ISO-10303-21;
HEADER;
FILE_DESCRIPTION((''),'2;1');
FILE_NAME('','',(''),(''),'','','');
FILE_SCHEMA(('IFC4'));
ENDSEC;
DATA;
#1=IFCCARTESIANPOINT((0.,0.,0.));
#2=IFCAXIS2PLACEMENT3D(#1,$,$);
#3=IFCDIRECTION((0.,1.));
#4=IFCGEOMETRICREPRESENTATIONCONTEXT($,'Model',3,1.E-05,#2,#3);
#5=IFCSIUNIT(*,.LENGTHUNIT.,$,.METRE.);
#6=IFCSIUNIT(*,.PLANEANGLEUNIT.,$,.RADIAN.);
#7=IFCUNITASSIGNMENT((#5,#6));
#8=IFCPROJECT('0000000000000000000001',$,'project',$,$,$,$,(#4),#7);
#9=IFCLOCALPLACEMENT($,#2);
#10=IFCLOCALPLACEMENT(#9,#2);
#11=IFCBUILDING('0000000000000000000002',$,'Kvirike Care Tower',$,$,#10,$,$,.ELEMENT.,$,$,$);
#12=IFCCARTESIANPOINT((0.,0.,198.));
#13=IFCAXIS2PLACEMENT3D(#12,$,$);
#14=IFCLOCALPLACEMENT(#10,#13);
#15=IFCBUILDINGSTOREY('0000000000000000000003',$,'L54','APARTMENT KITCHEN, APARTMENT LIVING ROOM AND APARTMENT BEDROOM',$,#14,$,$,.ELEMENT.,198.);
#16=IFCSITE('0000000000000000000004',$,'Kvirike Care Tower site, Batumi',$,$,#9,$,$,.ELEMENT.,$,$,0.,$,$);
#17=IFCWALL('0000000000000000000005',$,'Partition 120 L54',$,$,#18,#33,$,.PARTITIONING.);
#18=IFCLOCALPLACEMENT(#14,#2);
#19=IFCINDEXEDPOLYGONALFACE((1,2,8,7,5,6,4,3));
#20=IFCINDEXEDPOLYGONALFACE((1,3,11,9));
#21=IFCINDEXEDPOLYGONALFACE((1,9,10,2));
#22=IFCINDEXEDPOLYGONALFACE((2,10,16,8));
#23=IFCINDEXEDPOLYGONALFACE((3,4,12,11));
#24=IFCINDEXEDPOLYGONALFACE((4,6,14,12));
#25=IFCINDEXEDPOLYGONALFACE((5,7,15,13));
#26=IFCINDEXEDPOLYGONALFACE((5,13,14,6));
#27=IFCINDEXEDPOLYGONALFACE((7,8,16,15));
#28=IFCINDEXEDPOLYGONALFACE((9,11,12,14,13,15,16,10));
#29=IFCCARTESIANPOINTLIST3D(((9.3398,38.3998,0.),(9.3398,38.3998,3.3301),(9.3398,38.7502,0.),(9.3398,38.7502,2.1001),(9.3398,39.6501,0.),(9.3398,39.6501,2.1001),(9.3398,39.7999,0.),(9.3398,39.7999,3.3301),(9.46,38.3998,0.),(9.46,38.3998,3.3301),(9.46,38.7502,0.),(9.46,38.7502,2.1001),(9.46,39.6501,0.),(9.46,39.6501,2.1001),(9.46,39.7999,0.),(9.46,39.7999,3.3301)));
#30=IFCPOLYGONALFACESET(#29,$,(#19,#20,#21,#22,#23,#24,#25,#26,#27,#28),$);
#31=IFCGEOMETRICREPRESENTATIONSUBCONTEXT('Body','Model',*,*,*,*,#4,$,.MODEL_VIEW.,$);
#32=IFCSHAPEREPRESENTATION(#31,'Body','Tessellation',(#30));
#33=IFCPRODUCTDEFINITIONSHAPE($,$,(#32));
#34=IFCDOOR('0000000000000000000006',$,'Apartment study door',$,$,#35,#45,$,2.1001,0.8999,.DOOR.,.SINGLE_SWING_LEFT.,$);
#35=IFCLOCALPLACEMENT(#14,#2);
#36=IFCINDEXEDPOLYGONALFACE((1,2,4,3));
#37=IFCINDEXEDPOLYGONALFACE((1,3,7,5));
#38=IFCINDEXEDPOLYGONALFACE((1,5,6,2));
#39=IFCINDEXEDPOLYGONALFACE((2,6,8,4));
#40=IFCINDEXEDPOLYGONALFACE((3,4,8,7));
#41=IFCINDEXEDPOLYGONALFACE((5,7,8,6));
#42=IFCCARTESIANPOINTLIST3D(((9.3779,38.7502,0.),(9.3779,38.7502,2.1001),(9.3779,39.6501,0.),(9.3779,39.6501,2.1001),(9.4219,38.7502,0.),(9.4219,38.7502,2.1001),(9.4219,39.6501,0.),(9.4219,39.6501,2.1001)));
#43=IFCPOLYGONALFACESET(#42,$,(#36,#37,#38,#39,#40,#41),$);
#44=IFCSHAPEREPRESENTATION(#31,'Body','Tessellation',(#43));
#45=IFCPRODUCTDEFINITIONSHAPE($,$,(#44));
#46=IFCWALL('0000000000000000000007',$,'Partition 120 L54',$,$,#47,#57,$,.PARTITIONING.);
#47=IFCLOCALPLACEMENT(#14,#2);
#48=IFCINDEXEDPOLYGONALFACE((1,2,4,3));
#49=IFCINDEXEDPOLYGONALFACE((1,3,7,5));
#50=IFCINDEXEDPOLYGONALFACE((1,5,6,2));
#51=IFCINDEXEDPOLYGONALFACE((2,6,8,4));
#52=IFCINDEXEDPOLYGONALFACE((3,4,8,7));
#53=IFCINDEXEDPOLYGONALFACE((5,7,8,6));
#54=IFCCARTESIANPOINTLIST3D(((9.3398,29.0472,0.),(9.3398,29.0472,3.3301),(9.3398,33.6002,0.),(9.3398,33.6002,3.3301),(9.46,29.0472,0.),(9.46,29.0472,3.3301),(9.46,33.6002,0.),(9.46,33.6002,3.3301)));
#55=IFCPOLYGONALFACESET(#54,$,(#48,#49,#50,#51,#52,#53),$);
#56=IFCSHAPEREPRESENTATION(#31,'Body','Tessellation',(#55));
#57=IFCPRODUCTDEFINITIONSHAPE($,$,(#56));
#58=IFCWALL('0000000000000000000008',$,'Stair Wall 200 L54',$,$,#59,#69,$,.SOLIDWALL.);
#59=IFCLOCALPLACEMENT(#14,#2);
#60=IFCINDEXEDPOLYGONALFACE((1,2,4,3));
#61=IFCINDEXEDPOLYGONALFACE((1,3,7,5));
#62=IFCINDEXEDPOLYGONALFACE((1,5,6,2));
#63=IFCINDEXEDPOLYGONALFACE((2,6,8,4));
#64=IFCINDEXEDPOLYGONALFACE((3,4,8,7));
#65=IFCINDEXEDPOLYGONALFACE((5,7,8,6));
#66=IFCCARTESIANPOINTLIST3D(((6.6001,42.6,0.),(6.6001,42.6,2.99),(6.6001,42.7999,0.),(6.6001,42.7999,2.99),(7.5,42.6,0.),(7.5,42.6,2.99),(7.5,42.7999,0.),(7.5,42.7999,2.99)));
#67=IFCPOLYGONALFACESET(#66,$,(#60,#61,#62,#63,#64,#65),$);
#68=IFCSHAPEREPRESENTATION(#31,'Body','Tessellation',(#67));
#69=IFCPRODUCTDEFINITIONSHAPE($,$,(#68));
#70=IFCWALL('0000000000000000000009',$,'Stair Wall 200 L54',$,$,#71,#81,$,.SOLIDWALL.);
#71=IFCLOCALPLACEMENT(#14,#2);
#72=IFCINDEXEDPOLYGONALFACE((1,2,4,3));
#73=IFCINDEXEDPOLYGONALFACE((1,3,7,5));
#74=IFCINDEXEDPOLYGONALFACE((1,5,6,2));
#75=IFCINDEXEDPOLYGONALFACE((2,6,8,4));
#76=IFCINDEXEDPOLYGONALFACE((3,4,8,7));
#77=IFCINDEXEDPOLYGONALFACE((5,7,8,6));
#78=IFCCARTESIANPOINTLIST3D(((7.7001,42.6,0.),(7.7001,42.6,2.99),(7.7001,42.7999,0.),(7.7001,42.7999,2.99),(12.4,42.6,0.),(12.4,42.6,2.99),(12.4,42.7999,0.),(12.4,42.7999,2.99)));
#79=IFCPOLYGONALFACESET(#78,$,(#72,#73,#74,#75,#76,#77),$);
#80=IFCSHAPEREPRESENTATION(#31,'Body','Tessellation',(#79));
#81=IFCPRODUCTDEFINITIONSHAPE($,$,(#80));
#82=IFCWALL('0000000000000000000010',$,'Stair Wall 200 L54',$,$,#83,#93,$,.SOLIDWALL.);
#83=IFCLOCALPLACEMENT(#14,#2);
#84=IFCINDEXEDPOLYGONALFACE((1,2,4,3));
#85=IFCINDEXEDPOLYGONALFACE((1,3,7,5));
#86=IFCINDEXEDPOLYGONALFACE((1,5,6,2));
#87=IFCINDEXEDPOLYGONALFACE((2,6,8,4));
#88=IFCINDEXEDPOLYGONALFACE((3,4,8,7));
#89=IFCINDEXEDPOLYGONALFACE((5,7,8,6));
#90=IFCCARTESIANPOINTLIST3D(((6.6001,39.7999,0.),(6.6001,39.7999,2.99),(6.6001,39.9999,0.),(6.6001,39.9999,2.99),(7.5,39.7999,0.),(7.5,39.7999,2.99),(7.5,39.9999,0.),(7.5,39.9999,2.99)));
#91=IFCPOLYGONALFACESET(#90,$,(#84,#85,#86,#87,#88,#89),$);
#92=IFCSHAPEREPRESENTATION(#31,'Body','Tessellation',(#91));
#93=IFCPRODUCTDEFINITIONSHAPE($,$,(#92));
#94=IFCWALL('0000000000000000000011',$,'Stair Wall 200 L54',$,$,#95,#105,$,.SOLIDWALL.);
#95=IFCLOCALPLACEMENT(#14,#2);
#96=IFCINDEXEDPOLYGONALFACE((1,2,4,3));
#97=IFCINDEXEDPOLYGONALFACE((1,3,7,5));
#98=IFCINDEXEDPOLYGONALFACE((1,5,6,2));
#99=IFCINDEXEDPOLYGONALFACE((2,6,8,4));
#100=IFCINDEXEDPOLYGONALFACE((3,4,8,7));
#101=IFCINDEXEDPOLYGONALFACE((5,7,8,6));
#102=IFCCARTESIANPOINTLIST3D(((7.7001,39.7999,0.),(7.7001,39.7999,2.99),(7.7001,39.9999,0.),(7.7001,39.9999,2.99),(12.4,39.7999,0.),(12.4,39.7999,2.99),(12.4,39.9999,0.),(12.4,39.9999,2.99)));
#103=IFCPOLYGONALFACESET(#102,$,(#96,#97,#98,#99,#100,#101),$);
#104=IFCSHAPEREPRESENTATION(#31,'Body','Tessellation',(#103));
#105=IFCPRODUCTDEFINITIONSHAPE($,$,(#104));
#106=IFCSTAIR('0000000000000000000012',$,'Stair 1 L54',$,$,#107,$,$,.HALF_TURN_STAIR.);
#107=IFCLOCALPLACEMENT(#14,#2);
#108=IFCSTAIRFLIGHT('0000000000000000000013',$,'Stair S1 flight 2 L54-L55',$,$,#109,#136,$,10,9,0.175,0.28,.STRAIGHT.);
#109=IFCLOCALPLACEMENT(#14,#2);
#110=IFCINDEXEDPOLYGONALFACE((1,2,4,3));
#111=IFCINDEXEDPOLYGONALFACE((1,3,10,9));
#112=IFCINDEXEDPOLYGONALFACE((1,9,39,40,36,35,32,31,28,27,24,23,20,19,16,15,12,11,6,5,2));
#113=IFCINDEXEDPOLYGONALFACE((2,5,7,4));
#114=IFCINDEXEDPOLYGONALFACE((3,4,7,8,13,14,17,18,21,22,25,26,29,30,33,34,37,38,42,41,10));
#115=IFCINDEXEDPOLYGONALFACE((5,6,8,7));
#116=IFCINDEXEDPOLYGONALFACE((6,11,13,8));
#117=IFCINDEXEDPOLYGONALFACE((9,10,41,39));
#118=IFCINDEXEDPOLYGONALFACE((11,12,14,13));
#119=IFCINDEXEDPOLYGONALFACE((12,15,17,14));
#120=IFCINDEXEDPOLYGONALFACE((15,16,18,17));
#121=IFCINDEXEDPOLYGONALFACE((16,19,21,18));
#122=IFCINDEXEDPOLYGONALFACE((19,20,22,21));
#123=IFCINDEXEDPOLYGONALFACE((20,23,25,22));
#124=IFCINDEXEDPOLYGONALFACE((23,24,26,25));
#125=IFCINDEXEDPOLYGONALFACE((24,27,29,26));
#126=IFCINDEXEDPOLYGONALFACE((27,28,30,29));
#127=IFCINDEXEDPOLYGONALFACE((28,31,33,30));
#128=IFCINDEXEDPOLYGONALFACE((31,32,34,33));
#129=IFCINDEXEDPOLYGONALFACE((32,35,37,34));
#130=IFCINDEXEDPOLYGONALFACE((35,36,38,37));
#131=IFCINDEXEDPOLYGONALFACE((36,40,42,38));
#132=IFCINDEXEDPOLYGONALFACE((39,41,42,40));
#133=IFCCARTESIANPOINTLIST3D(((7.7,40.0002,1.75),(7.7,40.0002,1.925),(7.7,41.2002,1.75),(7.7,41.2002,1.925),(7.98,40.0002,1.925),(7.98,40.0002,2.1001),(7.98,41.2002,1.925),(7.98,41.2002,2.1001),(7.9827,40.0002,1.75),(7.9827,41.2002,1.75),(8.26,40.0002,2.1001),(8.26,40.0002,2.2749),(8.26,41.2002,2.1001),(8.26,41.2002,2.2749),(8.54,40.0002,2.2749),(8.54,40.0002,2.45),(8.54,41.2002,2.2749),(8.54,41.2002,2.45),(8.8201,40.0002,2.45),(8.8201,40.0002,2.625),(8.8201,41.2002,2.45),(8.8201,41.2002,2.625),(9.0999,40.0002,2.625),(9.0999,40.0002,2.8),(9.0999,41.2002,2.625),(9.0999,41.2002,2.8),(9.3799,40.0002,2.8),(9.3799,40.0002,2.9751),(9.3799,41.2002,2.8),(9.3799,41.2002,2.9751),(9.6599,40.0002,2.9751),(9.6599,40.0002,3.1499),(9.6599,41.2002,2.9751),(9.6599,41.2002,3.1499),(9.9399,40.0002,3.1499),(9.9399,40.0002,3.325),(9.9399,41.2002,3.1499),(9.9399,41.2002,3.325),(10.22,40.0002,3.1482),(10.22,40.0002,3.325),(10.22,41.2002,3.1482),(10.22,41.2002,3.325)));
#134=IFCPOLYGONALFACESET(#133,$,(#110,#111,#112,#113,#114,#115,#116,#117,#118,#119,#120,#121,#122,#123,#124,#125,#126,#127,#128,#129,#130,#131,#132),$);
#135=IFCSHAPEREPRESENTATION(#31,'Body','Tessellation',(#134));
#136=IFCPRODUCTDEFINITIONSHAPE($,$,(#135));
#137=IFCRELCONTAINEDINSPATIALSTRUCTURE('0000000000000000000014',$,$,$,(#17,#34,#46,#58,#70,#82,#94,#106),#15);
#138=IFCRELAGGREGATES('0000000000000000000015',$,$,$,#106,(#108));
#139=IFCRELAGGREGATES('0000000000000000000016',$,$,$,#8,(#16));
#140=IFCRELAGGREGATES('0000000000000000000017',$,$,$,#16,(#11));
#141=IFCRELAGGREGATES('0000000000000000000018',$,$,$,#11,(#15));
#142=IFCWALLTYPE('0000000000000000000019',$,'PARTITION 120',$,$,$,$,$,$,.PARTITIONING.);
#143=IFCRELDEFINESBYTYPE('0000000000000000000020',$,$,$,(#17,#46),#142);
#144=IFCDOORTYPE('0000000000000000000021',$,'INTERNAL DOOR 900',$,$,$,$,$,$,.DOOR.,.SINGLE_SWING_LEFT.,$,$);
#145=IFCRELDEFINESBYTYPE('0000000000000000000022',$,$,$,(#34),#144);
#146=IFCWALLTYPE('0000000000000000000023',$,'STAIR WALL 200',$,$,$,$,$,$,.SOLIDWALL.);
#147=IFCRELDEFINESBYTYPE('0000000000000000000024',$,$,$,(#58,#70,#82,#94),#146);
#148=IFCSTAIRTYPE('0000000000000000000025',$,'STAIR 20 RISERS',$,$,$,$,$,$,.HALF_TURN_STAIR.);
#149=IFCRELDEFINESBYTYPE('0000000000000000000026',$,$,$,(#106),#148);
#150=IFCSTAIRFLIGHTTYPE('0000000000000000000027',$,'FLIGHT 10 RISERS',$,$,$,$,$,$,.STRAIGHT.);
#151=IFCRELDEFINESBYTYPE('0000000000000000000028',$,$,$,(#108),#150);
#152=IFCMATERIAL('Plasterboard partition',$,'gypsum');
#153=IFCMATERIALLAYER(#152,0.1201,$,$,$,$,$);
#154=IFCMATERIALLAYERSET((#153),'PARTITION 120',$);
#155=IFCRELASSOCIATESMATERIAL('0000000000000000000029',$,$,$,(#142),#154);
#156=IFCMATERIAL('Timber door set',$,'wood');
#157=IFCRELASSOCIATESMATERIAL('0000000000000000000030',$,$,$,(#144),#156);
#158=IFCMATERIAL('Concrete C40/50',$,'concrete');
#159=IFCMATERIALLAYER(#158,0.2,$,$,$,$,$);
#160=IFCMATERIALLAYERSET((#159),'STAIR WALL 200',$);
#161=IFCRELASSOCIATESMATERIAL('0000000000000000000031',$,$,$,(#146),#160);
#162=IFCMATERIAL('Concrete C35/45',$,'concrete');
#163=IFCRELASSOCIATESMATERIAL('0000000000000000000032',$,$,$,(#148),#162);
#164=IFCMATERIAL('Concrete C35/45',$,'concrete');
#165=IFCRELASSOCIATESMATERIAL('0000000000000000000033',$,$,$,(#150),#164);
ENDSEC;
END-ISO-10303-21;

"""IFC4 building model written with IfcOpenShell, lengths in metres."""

from ifc_helpers import new_model, si_unit, direction, frame, frame_2d, origin, place, context, subcontext, project, spatial, polyline, rectangle, outline, extrude, material, layer, layer_set, type_object, element, fill, aggregate, save


model = new_model("IFC4")

# Units and contexts
model_context = context("Model", 3, precision=1e-05, world=origin(), true_north=direction((0.0, 1.0)))
body_context = subcontext(model_context, "Body", "Model", "MODEL_VIEW")
ifc_project = project(units=[si_unit("LENGTHUNIT", "METRE"), si_unit("PLANEANGLEUNIT", "RADIAN")], contexts=[model_context])

# Site, building, storey
site_placement = place(None, origin())
site = spatial("IfcSite", under=ifc_project, at=site_placement, Name="Kvirike Care Tower site, Batumi", CompositionType="ELEMENT", RefElevation=0.0)
building_placement = place(site_placement, origin())
building = spatial("IfcBuilding", under=site, at=building_placement, Name="Kvirike Care Tower", CompositionType="ELEMENT")
storey_placement = place(building_placement, frame((0.0, 0.0, 198.0)))
storey = spatial("IfcBuildingStorey", under=building, at=storey_placement, Name="L54", Description="APARTMENT KITCHEN, APARTMENT LIVING ROOM AND APARTMENT BEDROOM", CompositionType="ELEMENT", Elevation=198.0)

# Wall, opening, door
ifc_material_1 = material(Name="Plasterboard partition", Category="gypsum")
ifc_layer_1 = layer(ifc_material_1, 0.1201)
ifc_layer_set_1 = layer_set([ifc_layer_1], Name="PARTITION 120")
wall_type_1 = type_object("IfcWallType", Name="PARTITION 120", PredefinedType="PARTITIONING", material=ifc_layer_set_1)
wall_1_placement = place(storey_placement, frame((9.3999, 39.8, 0.0), z_axis=(0.0, 0.0, 1.0), x_axis=(0.0, -1.0, 0.0)))
wall_1 = element("IfcWall", 1, at=wall_1_placement, inside=storey, type_object=wall_type_1, Name="Partition 120 L54", PredefinedType="PARTITIONING", context=body_context, shape_type="SweptSolid", body=[
    extrude(rectangle(XDim=1.4001, YDim=0.1201, at=frame_2d((0.7002, 0.0))), origin(), (0.0, 0.0, 1.0), 3.3301),
])
opening_1_placement = place(wall_1_placement, frame((0.1499, 0.0, 0.0)))
opening_1 = element("IfcOpeningElement", 2, at=opening_1_placement, cuts=wall_1, PredefinedType="OPENING", context=body_context, shape_type="SweptSolid", body=[
    extrude(rectangle(XDim=0.8999, YDim=2.1001, at=frame_2d((0.45, 1.05))), frame((0.0, 0.0706, 0.0), z_axis=(0.0, -1.0, 0.0), x_axis=(1.0, 0.0, 0.0)), (0.0, 0.0, 1.0), 0.1411),
])
ifc_material_2 = material(Name="Timber door set", Category="wood")
door_type_1 = type_object("IfcDoorType", Name="INTERNAL DOOR 900", OperationType="SINGLE_SWING_LEFT", PredefinedType="DOOR", material=ifc_material_2)
door_1_placement = place(opening_1_placement, frame((0.8999, 0.0, 0.0), z_axis=(0.0, 0.0, 1.0), x_axis=(-1.0, 0.0, 0.0)))
door_1 = element("IfcDoor", 3, at=door_1_placement, inside=storey, type_object=door_type_1, Name="Apartment study door", OperationType="SINGLE_SWING_LEFT", OverallHeight=2.1001, OverallWidth=0.8999, PredefinedType="DOOR", context=body_context, shape_type="SweptSolid", body=[
    extrude(rectangle(XDim=0.8999, YDim=2.1001, at=frame_2d((0.45, 1.05))), frame((0.0, 0.022, 0.0), z_axis=(0.0, -1.0, 0.0), x_axis=(1.0, 0.0, 0.0)), (0.0, 0.0, 1.0), 0.0439),
])
fill(opening_1, door_1)

# Walls
wall_2_placement = place(storey_placement, frame((9.3999, 33.6001, 0.0), z_axis=(0.0, 0.0, 1.0), x_axis=(0.0, -1.0, 0.0)))
element("IfcWall", 4, at=wall_2_placement, inside=storey, type_object=wall_type_1, Name="Partition 120 L54", PredefinedType="PARTITIONING", context=body_context, shape_type="SweptSolid", body=[
    extrude(rectangle(XDim=4.553, YDim=0.1201, at=frame_2d((2.2764, 0.0))), origin(), (0.0, 0.0, 1.0), 3.3301),
])
ifc_material_3 = material(Name="Concrete C40/50", Category="concrete")
ifc_layer_2 = layer(ifc_material_3, 0.2)
ifc_layer_set_2 = layer_set([ifc_layer_2], Name="STAIR WALL 200")
wall_type_2 = type_object("IfcWallType", Name="STAIR WALL 200", PredefinedType="SOLIDWALL", material=ifc_layer_set_2)
wall_3_placement = place(storey_placement, frame((6.6001, 42.7, 0.0), z_axis=(0.0, 0.0, 1.0), x_axis=(1.0, 0.0, 0.0)))
element("IfcWall", 5, at=wall_3_placement, inside=storey, type_object=wall_type_2, Name="Stair Wall 200 L54", PredefinedType="SOLIDWALL", context=body_context, shape_type="SweptSolid", body=[
    extrude(rectangle(XDim=0.8999, YDim=0.2, at=frame_2d((0.45, 0.0))), origin(), (0.0, 0.0, 1.0), 2.99),
])
wall_4_placement = place(storey_placement, frame((7.7, 42.7, 0.0), z_axis=(0.0, 0.0, 1.0), x_axis=(1.0, 0.0, 0.0)))
element("IfcWall", 6, at=wall_4_placement, inside=storey, type_object=wall_type_2, Name="Stair Wall 200 L54", PredefinedType="SOLIDWALL", context=body_context, shape_type="SweptSolid", body=[
    extrude(rectangle(XDim=4.7, YDim=0.2, at=frame_2d((2.3501, 0.0))), origin(), (0.0, 0.0, 1.0), 2.99),
])
wall_5_placement = place(storey_placement, frame((6.6001, 39.8999, 0.0), z_axis=(0.0, 0.0, 1.0), x_axis=(1.0, 0.0, 0.0)))
element("IfcWall", 7, at=wall_5_placement, inside=storey, type_object=wall_type_2, Name="Stair Wall 200 L54", PredefinedType="SOLIDWALL", context=body_context, shape_type="SweptSolid", body=[
    extrude(rectangle(XDim=0.8999, YDim=0.2, at=frame_2d((0.45, 0.0))), origin(), (0.0, 0.0, 1.0), 2.99),
])
wall_6_placement = place(storey_placement, frame((7.7, 39.8999, 0.0), z_axis=(0.0, 0.0, 1.0), x_axis=(1.0, 0.0, 0.0)))
element("IfcWall", 8, at=wall_6_placement, inside=storey, type_object=wall_type_2, Name="Stair Wall 200 L54", PredefinedType="SOLIDWALL", context=body_context, shape_type="SweptSolid", body=[
    extrude(rectangle(XDim=4.7, YDim=0.2, at=frame_2d((2.3501, 0.0))), origin(), (0.0, 0.0, 1.0), 2.99),
])

# Stair, stair flight
ifc_material_4 = material(Name="Concrete C35/45", Category="concrete")
stair_type = type_object("IfcStairType", Name="STAIR 20 RISERS", PredefinedType="HALF_TURN_STAIR", material=ifc_material_4)
stair_placement = place(storey_placement, origin())
stair = element("IfcStair", 9, at=stair_placement, inside=storey, type_object=stair_type, Name="Stair 1 L54", PredefinedType="HALF_TURN_STAIR")
ifc_material_5 = material(Name="Concrete C35/45", Category="concrete")
stair_flight_type = type_object("IfcStairFlightType", Name="FLIGHT 10 RISERS", PredefinedType="STRAIGHT", material=ifc_material_5)
stair_flight_placement = place(storey_placement, frame((7.7, 40.6001, 1.75), z_axis=(0.0, 0.0, 1.0), x_axis=(1.0, 0.0, 0.0)))
stair_flight = element("IfcStairFlight", 10, at=stair_flight_placement, type_object=stair_flight_type, Name="Stair S1 flight 2 L54-L55", NumberOfRisers=10, NumberOfTreads=9, PredefinedType="STRAIGHT", RiserHeight=0.175, TreadLength=0.28, context=body_context, shape_type="SweptSolid", body=[
    extrude(outline(polyline([(0.0, 0.0), (0.0, 0.175), (0.28, 0.175), (0.28, 0.3501), (0.5601, 0.3501), (0.5601, 0.5249), (0.8401, 0.5249), (0.8401, 0.7), (1.1201, 0.7), (1.1201, 0.875), (1.3999, 0.875), (1.3999, 1.05), (1.6799, 1.05), (1.6799, 1.2251), (1.96, 1.2251), (1.96, 1.3999), (2.24, 1.3999), (2.24, 1.575), (2.52, 1.575), (2.52, 1.75), (2.52, 1.3982), (0.2827, 0.0), (0.0, 0.0)])), frame((0.0, 0.6001, 0.0), z_axis=(0.0, -1.0, 0.0), x_axis=(1.0, 0.0, 0.0)), (0.0, 0.0, 1.0), 1.2),
])
aggregate(stair, [stair_flight])

save(model, "model.ifc")
